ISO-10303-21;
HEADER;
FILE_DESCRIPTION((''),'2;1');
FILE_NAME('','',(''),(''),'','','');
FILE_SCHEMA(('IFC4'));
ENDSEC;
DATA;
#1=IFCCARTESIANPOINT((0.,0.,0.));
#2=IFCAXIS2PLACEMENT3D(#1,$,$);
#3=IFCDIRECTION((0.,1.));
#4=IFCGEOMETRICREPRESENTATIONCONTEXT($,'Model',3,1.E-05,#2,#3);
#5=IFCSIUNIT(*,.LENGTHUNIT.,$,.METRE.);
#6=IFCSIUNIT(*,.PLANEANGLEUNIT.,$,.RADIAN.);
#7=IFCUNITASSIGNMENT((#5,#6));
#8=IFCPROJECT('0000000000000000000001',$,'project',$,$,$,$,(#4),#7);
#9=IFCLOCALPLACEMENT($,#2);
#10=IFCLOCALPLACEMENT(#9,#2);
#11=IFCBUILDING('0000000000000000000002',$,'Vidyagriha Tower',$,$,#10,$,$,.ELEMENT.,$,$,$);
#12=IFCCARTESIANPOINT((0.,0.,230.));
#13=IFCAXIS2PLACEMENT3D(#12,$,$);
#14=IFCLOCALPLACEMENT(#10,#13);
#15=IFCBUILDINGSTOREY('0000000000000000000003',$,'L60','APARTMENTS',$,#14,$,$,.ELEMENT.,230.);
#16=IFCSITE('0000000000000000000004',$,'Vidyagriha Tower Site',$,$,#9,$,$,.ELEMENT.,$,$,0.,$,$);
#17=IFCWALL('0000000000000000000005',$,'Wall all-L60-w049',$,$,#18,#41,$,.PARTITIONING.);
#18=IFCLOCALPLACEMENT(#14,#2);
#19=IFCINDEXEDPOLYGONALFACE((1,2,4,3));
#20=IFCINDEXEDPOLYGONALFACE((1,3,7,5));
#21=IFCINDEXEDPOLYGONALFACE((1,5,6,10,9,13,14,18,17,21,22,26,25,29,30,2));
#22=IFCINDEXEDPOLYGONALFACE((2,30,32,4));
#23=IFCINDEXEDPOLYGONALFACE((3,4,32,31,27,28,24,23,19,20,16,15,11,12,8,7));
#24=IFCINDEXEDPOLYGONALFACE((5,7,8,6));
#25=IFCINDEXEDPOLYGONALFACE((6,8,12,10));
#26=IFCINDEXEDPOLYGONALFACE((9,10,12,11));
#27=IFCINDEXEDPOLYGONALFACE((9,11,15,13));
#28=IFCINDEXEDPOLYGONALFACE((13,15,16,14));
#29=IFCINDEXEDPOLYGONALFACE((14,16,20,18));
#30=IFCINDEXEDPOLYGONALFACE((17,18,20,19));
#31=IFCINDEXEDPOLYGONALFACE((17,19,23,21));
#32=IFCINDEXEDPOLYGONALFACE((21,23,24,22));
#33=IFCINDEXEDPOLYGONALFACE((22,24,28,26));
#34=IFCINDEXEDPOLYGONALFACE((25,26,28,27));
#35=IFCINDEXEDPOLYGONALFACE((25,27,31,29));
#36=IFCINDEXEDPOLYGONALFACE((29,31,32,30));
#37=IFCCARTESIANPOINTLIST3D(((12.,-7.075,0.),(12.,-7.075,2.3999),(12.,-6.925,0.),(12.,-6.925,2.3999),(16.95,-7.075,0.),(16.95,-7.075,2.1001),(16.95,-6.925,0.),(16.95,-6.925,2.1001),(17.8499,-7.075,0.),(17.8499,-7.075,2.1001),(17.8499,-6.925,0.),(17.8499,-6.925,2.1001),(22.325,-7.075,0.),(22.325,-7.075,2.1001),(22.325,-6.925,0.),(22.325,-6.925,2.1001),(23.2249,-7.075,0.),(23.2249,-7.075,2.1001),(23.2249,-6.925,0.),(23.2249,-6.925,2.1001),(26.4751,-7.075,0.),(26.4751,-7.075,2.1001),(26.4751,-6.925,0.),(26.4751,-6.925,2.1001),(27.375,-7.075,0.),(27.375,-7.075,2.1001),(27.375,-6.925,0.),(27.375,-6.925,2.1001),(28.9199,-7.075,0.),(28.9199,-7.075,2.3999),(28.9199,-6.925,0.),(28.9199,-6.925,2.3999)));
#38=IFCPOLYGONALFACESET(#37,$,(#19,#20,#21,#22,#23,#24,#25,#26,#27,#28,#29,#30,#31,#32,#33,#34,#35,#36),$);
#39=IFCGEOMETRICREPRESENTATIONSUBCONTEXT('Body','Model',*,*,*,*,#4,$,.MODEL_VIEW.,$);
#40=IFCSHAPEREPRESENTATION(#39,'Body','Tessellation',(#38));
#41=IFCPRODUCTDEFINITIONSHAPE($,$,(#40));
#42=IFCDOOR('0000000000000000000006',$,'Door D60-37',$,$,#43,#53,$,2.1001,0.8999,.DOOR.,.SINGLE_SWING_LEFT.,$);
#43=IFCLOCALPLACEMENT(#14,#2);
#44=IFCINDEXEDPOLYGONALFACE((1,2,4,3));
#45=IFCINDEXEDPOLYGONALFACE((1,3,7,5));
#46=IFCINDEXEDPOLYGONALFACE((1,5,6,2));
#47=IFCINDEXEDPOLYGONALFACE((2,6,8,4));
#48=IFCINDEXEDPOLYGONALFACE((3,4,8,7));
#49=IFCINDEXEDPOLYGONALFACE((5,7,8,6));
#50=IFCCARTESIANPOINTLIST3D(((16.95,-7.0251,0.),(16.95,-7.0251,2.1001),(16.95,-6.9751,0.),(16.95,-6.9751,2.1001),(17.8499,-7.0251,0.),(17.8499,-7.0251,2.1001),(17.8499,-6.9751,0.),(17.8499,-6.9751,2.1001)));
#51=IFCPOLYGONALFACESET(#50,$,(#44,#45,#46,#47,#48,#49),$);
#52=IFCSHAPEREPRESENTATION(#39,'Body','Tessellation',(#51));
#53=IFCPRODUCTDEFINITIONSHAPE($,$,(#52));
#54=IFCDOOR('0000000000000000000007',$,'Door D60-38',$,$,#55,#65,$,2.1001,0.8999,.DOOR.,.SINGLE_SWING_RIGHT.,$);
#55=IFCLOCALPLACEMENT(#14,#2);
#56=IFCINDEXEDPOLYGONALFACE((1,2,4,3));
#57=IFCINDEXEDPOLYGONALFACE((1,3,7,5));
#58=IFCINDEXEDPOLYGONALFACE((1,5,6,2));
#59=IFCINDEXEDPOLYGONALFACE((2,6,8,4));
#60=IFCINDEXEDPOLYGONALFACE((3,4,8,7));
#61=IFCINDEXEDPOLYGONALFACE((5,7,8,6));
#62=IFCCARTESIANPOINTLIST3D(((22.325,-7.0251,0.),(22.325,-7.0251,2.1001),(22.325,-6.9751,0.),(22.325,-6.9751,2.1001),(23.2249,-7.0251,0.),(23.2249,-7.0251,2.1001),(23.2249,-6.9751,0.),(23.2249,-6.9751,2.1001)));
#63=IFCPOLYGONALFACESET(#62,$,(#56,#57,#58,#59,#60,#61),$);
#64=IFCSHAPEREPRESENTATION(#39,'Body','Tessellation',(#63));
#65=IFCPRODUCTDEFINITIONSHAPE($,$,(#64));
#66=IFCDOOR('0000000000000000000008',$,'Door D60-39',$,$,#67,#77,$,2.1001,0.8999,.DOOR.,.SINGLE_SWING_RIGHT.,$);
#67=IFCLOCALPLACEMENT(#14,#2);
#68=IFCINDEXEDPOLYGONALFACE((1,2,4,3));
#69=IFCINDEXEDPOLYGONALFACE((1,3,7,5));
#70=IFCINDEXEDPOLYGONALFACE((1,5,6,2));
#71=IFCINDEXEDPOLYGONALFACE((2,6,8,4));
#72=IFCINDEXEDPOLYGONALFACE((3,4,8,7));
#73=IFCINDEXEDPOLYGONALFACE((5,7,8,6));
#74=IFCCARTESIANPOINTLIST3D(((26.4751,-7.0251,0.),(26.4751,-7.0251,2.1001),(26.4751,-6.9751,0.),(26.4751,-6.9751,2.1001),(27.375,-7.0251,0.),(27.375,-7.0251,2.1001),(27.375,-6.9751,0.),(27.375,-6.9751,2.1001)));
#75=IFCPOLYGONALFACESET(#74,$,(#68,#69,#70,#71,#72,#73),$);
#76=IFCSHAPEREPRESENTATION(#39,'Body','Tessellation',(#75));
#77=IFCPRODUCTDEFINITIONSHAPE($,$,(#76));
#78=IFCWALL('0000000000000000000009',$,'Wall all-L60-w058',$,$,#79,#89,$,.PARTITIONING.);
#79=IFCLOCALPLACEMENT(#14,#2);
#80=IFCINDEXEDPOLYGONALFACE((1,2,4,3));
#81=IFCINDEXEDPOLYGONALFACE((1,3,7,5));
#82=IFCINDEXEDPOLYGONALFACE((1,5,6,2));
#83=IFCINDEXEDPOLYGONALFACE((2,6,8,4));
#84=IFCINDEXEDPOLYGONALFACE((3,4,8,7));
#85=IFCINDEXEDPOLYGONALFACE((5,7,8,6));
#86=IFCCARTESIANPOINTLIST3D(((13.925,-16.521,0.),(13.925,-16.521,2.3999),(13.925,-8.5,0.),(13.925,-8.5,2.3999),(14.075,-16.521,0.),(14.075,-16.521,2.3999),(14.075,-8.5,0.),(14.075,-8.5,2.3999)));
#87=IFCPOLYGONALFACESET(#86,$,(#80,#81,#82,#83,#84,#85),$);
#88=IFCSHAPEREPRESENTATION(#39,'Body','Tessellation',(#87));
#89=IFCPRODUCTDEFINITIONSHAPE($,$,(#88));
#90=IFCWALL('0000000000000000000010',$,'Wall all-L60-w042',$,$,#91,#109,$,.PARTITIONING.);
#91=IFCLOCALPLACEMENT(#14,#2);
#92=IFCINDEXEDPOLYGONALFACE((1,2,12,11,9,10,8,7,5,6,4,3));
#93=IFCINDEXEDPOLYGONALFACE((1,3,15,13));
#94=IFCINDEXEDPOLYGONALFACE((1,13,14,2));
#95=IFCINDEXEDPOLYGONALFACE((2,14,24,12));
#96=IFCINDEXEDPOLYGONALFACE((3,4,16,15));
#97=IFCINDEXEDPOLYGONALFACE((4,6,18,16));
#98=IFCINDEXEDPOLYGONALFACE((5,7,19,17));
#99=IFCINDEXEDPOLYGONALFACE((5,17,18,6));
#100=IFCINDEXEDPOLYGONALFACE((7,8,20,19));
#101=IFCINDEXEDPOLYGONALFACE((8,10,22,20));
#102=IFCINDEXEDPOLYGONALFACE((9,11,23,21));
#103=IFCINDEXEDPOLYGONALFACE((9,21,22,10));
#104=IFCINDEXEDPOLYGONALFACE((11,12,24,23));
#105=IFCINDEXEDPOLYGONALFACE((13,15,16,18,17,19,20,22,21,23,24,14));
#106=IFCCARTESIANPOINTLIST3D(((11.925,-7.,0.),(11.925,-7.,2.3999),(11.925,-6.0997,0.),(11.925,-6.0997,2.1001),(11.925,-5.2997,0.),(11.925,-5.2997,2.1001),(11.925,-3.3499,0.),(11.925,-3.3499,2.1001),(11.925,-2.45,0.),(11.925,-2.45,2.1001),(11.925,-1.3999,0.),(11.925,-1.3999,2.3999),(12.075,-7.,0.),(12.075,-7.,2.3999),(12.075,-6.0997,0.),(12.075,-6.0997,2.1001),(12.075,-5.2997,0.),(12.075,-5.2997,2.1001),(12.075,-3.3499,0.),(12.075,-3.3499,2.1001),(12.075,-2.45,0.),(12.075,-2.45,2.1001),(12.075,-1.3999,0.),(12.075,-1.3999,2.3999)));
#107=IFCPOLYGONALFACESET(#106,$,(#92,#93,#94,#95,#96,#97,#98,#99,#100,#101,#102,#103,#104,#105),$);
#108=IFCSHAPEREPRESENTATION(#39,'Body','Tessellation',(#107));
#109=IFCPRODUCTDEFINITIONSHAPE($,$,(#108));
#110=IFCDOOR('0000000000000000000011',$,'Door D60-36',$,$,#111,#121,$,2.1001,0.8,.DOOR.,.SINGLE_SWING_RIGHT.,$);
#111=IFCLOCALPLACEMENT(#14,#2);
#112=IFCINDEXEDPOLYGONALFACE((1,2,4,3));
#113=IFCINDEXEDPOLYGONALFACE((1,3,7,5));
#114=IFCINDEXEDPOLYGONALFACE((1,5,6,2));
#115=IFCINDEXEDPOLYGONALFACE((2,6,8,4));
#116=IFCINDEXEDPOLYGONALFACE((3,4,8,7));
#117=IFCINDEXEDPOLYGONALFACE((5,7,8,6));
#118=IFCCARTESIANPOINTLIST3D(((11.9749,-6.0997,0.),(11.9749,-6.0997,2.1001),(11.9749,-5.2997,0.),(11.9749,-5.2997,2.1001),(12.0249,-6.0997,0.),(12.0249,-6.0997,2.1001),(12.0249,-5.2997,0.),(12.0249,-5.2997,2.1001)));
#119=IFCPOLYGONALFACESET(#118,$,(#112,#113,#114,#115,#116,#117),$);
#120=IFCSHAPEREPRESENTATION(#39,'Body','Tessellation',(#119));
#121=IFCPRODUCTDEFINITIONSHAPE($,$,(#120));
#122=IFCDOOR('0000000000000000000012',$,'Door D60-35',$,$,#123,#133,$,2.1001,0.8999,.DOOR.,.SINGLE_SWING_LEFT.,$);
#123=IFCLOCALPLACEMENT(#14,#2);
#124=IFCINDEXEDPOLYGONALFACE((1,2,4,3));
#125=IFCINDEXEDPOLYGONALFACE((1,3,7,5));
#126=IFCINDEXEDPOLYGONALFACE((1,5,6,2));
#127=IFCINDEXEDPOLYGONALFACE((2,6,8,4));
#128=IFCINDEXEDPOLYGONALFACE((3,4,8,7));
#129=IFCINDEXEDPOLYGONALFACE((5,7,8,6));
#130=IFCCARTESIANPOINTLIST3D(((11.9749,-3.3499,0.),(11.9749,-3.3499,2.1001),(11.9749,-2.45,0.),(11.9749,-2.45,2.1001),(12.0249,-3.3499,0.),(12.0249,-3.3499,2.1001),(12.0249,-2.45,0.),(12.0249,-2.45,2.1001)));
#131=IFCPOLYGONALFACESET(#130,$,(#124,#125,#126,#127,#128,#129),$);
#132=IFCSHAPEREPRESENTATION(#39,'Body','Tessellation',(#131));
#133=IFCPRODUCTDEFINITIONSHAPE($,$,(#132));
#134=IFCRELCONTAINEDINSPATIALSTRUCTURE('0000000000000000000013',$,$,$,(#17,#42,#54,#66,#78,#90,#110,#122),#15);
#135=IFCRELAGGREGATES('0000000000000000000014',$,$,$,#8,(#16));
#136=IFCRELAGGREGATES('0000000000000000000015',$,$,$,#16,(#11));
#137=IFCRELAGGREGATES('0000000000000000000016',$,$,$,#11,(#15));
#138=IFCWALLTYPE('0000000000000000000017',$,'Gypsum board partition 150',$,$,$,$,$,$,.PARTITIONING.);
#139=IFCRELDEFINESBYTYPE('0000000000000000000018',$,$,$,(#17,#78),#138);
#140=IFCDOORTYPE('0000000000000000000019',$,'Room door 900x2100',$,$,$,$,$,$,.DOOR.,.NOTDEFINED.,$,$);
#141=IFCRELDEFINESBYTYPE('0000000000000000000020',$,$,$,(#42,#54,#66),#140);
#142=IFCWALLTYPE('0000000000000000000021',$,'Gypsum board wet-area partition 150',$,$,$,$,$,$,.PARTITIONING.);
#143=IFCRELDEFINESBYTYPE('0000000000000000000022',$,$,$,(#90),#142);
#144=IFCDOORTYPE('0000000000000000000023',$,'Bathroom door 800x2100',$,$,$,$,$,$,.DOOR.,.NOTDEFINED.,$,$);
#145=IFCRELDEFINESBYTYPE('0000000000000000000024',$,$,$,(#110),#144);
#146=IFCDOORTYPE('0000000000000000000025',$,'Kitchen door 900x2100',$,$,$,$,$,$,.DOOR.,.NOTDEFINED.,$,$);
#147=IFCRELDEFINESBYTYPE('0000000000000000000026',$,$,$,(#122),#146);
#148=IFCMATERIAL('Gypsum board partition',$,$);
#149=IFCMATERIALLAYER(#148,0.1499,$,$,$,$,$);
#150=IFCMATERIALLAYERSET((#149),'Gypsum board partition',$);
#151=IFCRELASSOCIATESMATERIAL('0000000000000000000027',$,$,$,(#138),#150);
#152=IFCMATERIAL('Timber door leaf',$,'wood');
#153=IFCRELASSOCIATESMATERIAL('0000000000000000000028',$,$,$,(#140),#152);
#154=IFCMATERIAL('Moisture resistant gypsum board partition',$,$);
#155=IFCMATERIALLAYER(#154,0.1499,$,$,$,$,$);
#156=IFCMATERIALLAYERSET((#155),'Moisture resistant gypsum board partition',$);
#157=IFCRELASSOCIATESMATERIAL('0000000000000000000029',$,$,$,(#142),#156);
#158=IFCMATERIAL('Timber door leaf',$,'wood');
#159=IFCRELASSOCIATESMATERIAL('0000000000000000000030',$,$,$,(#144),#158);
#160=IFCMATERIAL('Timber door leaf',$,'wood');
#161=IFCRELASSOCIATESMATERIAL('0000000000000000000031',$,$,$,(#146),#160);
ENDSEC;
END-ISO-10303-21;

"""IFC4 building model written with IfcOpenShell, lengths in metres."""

from ifc_helpers import new_model, si_unit, direction, frame, frame_2d, origin, place, context, subcontext, project, spatial, rectangle, extrude, material, layer, layer_set, type_object, element, fill, save


model = new_model("IFC4")

# Units and contexts
model_context = context("Model", 3, precision=1e-05, world=origin(), true_north=direction((0.0, 1.0)))
body_context = subcontext(model_context, "Body", "Model", "MODEL_VIEW")
ifc_project = project(units=[si_unit("LENGTHUNIT", "METRE"), si_unit("PLANEANGLEUNIT", "RADIAN")], contexts=[model_context])

# Site, building, storey
site_placement = place(None, origin())
site = spatial("IfcSite", under=ifc_project, at=site_placement, Name="Vidyagriha Tower Site", CompositionType="ELEMENT", RefElevation=0.0)
building_placement = place(site_placement, origin())
building = spatial("IfcBuilding", under=site, at=building_placement, Name="Vidyagriha Tower", CompositionType="ELEMENT")
storey_placement = place(building_placement, frame((0.0, 0.0, 230.0)))
storey = spatial("IfcBuildingStorey", under=building, at=storey_placement, Name="L60", Description="APARTMENTS", CompositionType="ELEMENT", Elevation=230.0)

# Shared definitions
ifc_material_1 = material(Name="Gypsum board partition")
ifc_layer_1 = layer(ifc_material_1, 0.1499)
ifc_layer_set_1 = layer_set([ifc_layer_1], Name="Gypsum board partition")
wall_type_1 = type_object("IfcWallType", Name="Gypsum board partition 150", PredefinedType="PARTITIONING", material=ifc_layer_set_1)
ifc_material_2 = material(Name="Timber door leaf", Category="wood")
door_type_1 = type_object("IfcDoorType", Name="Room door 900x2100", OperationType="NOTDEFINED", PredefinedType="DOOR", material=ifc_material_2)

# Wall, openings, doors
wall_1_placement = place(storey_placement, frame((12.0, -7.0, 0.0)))
wall_1 = element("IfcWall", 1, at=wall_1_placement, inside=storey, type_object=wall_type_1, Name="Wall all-L60-w049", PredefinedType="PARTITIONING", context=body_context, shape_type="SweptSolid", body=[
    extrude(rectangle(XDim=16.9199, YDim=0.1499, at=frame_2d((8.46, 0.0))), origin(), (0.0, 0.0, 1.0), 2.3999),
])
opening_1_placement = place(wall_1_placement, frame((4.95, 0.0, 0.0)))
opening_1 = element("IfcOpeningElement", 2, at=opening_1_placement, cuts=wall_1, PredefinedType="OPENING", context=body_context, shape_type="SweptSolid", body=[
    extrude(rectangle(XDim=0.8999, YDim=2.1001, at=frame_2d((0.45, 1.05))), frame((0.0, 0.085, 0.0), z_axis=(0.0, -1.0, 0.0), x_axis=(1.0, 0.0, 0.0)), (0.0, 0.0, 1.0), 0.1699),
])
opening_2_placement = place(wall_1_placement, frame((10.325, 0.0, 0.0)))
opening_2 = element("IfcOpeningElement", 3, at=opening_2_placement, cuts=wall_1, PredefinedType="OPENING", context=body_context, shape_type="SweptSolid", body=[
    extrude(rectangle(XDim=0.8999, YDim=2.1001, at=frame_2d((0.45, 1.05))), frame((0.0, 0.085, 0.0), z_axis=(0.0, -1.0, 0.0), x_axis=(1.0, 0.0, 0.0)), (0.0, 0.0, 1.0), 0.1699),
])
opening_3_placement = place(wall_1_placement, frame((14.4751, 0.0, 0.0)))
opening_3 = element("IfcOpeningElement", 4, at=opening_3_placement, cuts=wall_1, PredefinedType="OPENING", context=body_context, shape_type="SweptSolid", body=[
    extrude(rectangle(XDim=0.8999, YDim=2.1001, at=frame_2d((0.45, 1.05))), frame((0.0, 0.085, 0.0), z_axis=(0.0, -1.0, 0.0), x_axis=(1.0, 0.0, 0.0)), (0.0, 0.0, 1.0), 0.1699),
])
door_1_placement = place(opening_1_placement, origin())
door_1 = element("IfcDoor", 5, at=door_1_placement, inside=storey, type_object=door_type_1, Name="Door D60-37", OperationType="SINGLE_SWING_LEFT", OverallHeight=2.1001, OverallWidth=0.8999, PredefinedType="DOOR", context=body_context, shape_type="SweptSolid", body=[
    extrude(rectangle(XDim=0.8999, YDim=2.1001, at=frame_2d((0.45, 1.05))), frame((0.0, 0.0249, 0.0), z_axis=(0.0, -1.0, 0.0), x_axis=(1.0, 0.0, 0.0)), (0.0, 0.0, 1.0), 0.05),
])
fill(opening_1, door_1)
door_2_placement = place(opening_2_placement, origin())
door_2 = element("IfcDoor", 6, at=door_2_placement, inside=storey, type_object=door_type_1, Name="Door D60-38", OperationType="SINGLE_SWING_RIGHT", OverallHeight=2.1001, OverallWidth=0.8999, PredefinedType="DOOR", context=body_context, shape_type="SweptSolid", body=[
    extrude(rectangle(XDim=0.8999, YDim=2.1001, at=frame_2d((0.45, 1.05))), frame((0.0, 0.0249, 0.0), z_axis=(0.0, -1.0, 0.0), x_axis=(1.0, 0.0, 0.0)), (0.0, 0.0, 1.0), 0.05),
])
fill(opening_2, door_2)
door_3_placement = place(opening_3_placement, origin())
door_3 = element("IfcDoor", 7, at=door_3_placement, inside=storey, type_object=door_type_1, Name="Door D60-39", OperationType="SINGLE_SWING_RIGHT", OverallHeight=2.1001, OverallWidth=0.8999, PredefinedType="DOOR", context=body_context, shape_type="SweptSolid", body=[
    extrude(rectangle(XDim=0.8999, YDim=2.1001, at=frame_2d((0.45, 1.05))), frame((0.0, 0.0249, 0.0), z_axis=(0.0, -1.0, 0.0), x_axis=(1.0, 0.0, 0.0)), (0.0, 0.0, 1.0), 0.05),
])
fill(opening_3, door_3)

# Wall
wall_2_placement = place(storey_placement, frame((14.0, -8.5, 0.0), z_axis=(0.0, 0.0, 1.0), x_axis=(0.0, -1.0, 0.0)))
element("IfcWall", 8, at=wall_2_placement, inside=storey, type_object=wall_type_1, Name="Wall all-L60-w058", PredefinedType="PARTITIONING", context=body_context, shape_type="SweptSolid", body=[
    extrude(rectangle(XDim=8.021, YDim=0.1499, at=frame_2d((4.0105, 0.0))), origin(), (0.0, 0.0, 1.0), 2.3999),
])

# Wall, openings, doors
ifc_material_3 = material(Name="Moisture resistant gypsum board partition")
ifc_layer_2 = layer(ifc_material_3, 0.1499)
ifc_layer_set_2 = layer_set([ifc_layer_2], Name="Moisture resistant gypsum board partition")
wall_type_2 = type_object("IfcWallType", Name="Gypsum board wet-area partition 150", PredefinedType="PARTITIONING", material=ifc_layer_set_2)
wall_3_placement = place(storey_placement, frame((12.0, -1.3999, 0.0), z_axis=(0.0, 0.0, 1.0), x_axis=(0.0, -1.0, 0.0)))
wall_3 = element("IfcWall", 9, at=wall_3_placement, inside=storey, type_object=wall_type_2, Name="Wall all-L60-w042", PredefinedType="PARTITIONING", context=body_context, shape_type="SweptSolid", body=[
    extrude(rectangle(XDim=5.6001, YDim=0.1499, at=frame_2d((2.8, 0.0))), origin(), (0.0, 0.0, 1.0), 2.3999),
])
opening_4_placement = place(wall_3_placement, frame((1.05, 0.0, 0.0)))
opening_4 = element("IfcOpeningElement", 10, at=opening_4_placement, cuts=wall_3, PredefinedType="OPENING", context=body_context, shape_type="SweptSolid", body=[
    extrude(rectangle(XDim=0.8999, YDim=2.1001, at=frame_2d((0.45, 1.05))), frame((0.0, 0.085, 0.0), z_axis=(0.0, -1.0, 0.0), x_axis=(1.0, 0.0, 0.0)), (0.0, 0.0, 1.0), 0.1699),
])
opening_5_placement = place(wall_3_placement, frame((3.8999, 0.0, 0.0)))
opening_5 = element("IfcOpeningElement", 11, at=opening_5_placement, cuts=wall_3, PredefinedType="OPENING", context=body_context, shape_type="SweptSolid", body=[
    extrude(rectangle(XDim=0.8, YDim=2.1001, at=frame_2d((0.3999, 1.05))), frame((0.0, 0.085, 0.0), z_axis=(0.0, -1.0, 0.0), x_axis=(1.0, 0.0, 0.0)), (0.0, 0.0, 1.0), 0.1699),
])
ifc_material_4 = material(Name="Timber door leaf", Category="wood")
door_type_2 = type_object("IfcDoorType", Name="Bathroom door 800x2100", OperationType="NOTDEFINED", PredefinedType="DOOR", material=ifc_material_4)
door_4_placement = place(opening_5_placement, origin())
door_4 = element("IfcDoor", 12, at=door_4_placement, inside=storey, type_object=door_type_2, Name="Door D60-36", OperationType="SINGLE_SWING_RIGHT", OverallHeight=2.1001, OverallWidth=0.8, PredefinedType="DOOR", context=body_context, shape_type="SweptSolid", body=[
    extrude(rectangle(XDim=0.8, YDim=2.1001, at=frame_2d((0.3999, 1.05))), frame((0.0, 0.0249, 0.0), z_axis=(0.0, -1.0, 0.0), x_axis=(1.0, 0.0, 0.0)), (0.0, 0.0, 1.0), 0.05),
])
fill(opening_5, door_4)
ifc_material_5 = material(Name="Timber door leaf", Category="wood")
door_type_3 = type_object("IfcDoorType", Name="Kitchen door 900x2100", OperationType="NOTDEFINED", PredefinedType="DOOR", material=ifc_material_5)
door_5_placement = place(opening_4_placement, origin())
door_5 = element("IfcDoor", 13, at=door_5_placement, inside=storey, type_object=door_type_3, Name="Door D60-35", OperationType="SINGLE_SWING_LEFT", OverallHeight=2.1001, OverallWidth=0.8999, PredefinedType="DOOR", context=body_context, shape_type="SweptSolid", body=[
    extrude(rectangle(XDim=0.8999, YDim=2.1001, at=frame_2d((0.45, 1.05))), frame((0.0, 0.0249, 0.0), z_axis=(0.0, -1.0, 0.0), x_axis=(1.0, 0.0, 0.0)), (0.0, 0.0, 1.0), 0.05),
])
fill(opening_4, door_5)

save(model, "model.ifc")
